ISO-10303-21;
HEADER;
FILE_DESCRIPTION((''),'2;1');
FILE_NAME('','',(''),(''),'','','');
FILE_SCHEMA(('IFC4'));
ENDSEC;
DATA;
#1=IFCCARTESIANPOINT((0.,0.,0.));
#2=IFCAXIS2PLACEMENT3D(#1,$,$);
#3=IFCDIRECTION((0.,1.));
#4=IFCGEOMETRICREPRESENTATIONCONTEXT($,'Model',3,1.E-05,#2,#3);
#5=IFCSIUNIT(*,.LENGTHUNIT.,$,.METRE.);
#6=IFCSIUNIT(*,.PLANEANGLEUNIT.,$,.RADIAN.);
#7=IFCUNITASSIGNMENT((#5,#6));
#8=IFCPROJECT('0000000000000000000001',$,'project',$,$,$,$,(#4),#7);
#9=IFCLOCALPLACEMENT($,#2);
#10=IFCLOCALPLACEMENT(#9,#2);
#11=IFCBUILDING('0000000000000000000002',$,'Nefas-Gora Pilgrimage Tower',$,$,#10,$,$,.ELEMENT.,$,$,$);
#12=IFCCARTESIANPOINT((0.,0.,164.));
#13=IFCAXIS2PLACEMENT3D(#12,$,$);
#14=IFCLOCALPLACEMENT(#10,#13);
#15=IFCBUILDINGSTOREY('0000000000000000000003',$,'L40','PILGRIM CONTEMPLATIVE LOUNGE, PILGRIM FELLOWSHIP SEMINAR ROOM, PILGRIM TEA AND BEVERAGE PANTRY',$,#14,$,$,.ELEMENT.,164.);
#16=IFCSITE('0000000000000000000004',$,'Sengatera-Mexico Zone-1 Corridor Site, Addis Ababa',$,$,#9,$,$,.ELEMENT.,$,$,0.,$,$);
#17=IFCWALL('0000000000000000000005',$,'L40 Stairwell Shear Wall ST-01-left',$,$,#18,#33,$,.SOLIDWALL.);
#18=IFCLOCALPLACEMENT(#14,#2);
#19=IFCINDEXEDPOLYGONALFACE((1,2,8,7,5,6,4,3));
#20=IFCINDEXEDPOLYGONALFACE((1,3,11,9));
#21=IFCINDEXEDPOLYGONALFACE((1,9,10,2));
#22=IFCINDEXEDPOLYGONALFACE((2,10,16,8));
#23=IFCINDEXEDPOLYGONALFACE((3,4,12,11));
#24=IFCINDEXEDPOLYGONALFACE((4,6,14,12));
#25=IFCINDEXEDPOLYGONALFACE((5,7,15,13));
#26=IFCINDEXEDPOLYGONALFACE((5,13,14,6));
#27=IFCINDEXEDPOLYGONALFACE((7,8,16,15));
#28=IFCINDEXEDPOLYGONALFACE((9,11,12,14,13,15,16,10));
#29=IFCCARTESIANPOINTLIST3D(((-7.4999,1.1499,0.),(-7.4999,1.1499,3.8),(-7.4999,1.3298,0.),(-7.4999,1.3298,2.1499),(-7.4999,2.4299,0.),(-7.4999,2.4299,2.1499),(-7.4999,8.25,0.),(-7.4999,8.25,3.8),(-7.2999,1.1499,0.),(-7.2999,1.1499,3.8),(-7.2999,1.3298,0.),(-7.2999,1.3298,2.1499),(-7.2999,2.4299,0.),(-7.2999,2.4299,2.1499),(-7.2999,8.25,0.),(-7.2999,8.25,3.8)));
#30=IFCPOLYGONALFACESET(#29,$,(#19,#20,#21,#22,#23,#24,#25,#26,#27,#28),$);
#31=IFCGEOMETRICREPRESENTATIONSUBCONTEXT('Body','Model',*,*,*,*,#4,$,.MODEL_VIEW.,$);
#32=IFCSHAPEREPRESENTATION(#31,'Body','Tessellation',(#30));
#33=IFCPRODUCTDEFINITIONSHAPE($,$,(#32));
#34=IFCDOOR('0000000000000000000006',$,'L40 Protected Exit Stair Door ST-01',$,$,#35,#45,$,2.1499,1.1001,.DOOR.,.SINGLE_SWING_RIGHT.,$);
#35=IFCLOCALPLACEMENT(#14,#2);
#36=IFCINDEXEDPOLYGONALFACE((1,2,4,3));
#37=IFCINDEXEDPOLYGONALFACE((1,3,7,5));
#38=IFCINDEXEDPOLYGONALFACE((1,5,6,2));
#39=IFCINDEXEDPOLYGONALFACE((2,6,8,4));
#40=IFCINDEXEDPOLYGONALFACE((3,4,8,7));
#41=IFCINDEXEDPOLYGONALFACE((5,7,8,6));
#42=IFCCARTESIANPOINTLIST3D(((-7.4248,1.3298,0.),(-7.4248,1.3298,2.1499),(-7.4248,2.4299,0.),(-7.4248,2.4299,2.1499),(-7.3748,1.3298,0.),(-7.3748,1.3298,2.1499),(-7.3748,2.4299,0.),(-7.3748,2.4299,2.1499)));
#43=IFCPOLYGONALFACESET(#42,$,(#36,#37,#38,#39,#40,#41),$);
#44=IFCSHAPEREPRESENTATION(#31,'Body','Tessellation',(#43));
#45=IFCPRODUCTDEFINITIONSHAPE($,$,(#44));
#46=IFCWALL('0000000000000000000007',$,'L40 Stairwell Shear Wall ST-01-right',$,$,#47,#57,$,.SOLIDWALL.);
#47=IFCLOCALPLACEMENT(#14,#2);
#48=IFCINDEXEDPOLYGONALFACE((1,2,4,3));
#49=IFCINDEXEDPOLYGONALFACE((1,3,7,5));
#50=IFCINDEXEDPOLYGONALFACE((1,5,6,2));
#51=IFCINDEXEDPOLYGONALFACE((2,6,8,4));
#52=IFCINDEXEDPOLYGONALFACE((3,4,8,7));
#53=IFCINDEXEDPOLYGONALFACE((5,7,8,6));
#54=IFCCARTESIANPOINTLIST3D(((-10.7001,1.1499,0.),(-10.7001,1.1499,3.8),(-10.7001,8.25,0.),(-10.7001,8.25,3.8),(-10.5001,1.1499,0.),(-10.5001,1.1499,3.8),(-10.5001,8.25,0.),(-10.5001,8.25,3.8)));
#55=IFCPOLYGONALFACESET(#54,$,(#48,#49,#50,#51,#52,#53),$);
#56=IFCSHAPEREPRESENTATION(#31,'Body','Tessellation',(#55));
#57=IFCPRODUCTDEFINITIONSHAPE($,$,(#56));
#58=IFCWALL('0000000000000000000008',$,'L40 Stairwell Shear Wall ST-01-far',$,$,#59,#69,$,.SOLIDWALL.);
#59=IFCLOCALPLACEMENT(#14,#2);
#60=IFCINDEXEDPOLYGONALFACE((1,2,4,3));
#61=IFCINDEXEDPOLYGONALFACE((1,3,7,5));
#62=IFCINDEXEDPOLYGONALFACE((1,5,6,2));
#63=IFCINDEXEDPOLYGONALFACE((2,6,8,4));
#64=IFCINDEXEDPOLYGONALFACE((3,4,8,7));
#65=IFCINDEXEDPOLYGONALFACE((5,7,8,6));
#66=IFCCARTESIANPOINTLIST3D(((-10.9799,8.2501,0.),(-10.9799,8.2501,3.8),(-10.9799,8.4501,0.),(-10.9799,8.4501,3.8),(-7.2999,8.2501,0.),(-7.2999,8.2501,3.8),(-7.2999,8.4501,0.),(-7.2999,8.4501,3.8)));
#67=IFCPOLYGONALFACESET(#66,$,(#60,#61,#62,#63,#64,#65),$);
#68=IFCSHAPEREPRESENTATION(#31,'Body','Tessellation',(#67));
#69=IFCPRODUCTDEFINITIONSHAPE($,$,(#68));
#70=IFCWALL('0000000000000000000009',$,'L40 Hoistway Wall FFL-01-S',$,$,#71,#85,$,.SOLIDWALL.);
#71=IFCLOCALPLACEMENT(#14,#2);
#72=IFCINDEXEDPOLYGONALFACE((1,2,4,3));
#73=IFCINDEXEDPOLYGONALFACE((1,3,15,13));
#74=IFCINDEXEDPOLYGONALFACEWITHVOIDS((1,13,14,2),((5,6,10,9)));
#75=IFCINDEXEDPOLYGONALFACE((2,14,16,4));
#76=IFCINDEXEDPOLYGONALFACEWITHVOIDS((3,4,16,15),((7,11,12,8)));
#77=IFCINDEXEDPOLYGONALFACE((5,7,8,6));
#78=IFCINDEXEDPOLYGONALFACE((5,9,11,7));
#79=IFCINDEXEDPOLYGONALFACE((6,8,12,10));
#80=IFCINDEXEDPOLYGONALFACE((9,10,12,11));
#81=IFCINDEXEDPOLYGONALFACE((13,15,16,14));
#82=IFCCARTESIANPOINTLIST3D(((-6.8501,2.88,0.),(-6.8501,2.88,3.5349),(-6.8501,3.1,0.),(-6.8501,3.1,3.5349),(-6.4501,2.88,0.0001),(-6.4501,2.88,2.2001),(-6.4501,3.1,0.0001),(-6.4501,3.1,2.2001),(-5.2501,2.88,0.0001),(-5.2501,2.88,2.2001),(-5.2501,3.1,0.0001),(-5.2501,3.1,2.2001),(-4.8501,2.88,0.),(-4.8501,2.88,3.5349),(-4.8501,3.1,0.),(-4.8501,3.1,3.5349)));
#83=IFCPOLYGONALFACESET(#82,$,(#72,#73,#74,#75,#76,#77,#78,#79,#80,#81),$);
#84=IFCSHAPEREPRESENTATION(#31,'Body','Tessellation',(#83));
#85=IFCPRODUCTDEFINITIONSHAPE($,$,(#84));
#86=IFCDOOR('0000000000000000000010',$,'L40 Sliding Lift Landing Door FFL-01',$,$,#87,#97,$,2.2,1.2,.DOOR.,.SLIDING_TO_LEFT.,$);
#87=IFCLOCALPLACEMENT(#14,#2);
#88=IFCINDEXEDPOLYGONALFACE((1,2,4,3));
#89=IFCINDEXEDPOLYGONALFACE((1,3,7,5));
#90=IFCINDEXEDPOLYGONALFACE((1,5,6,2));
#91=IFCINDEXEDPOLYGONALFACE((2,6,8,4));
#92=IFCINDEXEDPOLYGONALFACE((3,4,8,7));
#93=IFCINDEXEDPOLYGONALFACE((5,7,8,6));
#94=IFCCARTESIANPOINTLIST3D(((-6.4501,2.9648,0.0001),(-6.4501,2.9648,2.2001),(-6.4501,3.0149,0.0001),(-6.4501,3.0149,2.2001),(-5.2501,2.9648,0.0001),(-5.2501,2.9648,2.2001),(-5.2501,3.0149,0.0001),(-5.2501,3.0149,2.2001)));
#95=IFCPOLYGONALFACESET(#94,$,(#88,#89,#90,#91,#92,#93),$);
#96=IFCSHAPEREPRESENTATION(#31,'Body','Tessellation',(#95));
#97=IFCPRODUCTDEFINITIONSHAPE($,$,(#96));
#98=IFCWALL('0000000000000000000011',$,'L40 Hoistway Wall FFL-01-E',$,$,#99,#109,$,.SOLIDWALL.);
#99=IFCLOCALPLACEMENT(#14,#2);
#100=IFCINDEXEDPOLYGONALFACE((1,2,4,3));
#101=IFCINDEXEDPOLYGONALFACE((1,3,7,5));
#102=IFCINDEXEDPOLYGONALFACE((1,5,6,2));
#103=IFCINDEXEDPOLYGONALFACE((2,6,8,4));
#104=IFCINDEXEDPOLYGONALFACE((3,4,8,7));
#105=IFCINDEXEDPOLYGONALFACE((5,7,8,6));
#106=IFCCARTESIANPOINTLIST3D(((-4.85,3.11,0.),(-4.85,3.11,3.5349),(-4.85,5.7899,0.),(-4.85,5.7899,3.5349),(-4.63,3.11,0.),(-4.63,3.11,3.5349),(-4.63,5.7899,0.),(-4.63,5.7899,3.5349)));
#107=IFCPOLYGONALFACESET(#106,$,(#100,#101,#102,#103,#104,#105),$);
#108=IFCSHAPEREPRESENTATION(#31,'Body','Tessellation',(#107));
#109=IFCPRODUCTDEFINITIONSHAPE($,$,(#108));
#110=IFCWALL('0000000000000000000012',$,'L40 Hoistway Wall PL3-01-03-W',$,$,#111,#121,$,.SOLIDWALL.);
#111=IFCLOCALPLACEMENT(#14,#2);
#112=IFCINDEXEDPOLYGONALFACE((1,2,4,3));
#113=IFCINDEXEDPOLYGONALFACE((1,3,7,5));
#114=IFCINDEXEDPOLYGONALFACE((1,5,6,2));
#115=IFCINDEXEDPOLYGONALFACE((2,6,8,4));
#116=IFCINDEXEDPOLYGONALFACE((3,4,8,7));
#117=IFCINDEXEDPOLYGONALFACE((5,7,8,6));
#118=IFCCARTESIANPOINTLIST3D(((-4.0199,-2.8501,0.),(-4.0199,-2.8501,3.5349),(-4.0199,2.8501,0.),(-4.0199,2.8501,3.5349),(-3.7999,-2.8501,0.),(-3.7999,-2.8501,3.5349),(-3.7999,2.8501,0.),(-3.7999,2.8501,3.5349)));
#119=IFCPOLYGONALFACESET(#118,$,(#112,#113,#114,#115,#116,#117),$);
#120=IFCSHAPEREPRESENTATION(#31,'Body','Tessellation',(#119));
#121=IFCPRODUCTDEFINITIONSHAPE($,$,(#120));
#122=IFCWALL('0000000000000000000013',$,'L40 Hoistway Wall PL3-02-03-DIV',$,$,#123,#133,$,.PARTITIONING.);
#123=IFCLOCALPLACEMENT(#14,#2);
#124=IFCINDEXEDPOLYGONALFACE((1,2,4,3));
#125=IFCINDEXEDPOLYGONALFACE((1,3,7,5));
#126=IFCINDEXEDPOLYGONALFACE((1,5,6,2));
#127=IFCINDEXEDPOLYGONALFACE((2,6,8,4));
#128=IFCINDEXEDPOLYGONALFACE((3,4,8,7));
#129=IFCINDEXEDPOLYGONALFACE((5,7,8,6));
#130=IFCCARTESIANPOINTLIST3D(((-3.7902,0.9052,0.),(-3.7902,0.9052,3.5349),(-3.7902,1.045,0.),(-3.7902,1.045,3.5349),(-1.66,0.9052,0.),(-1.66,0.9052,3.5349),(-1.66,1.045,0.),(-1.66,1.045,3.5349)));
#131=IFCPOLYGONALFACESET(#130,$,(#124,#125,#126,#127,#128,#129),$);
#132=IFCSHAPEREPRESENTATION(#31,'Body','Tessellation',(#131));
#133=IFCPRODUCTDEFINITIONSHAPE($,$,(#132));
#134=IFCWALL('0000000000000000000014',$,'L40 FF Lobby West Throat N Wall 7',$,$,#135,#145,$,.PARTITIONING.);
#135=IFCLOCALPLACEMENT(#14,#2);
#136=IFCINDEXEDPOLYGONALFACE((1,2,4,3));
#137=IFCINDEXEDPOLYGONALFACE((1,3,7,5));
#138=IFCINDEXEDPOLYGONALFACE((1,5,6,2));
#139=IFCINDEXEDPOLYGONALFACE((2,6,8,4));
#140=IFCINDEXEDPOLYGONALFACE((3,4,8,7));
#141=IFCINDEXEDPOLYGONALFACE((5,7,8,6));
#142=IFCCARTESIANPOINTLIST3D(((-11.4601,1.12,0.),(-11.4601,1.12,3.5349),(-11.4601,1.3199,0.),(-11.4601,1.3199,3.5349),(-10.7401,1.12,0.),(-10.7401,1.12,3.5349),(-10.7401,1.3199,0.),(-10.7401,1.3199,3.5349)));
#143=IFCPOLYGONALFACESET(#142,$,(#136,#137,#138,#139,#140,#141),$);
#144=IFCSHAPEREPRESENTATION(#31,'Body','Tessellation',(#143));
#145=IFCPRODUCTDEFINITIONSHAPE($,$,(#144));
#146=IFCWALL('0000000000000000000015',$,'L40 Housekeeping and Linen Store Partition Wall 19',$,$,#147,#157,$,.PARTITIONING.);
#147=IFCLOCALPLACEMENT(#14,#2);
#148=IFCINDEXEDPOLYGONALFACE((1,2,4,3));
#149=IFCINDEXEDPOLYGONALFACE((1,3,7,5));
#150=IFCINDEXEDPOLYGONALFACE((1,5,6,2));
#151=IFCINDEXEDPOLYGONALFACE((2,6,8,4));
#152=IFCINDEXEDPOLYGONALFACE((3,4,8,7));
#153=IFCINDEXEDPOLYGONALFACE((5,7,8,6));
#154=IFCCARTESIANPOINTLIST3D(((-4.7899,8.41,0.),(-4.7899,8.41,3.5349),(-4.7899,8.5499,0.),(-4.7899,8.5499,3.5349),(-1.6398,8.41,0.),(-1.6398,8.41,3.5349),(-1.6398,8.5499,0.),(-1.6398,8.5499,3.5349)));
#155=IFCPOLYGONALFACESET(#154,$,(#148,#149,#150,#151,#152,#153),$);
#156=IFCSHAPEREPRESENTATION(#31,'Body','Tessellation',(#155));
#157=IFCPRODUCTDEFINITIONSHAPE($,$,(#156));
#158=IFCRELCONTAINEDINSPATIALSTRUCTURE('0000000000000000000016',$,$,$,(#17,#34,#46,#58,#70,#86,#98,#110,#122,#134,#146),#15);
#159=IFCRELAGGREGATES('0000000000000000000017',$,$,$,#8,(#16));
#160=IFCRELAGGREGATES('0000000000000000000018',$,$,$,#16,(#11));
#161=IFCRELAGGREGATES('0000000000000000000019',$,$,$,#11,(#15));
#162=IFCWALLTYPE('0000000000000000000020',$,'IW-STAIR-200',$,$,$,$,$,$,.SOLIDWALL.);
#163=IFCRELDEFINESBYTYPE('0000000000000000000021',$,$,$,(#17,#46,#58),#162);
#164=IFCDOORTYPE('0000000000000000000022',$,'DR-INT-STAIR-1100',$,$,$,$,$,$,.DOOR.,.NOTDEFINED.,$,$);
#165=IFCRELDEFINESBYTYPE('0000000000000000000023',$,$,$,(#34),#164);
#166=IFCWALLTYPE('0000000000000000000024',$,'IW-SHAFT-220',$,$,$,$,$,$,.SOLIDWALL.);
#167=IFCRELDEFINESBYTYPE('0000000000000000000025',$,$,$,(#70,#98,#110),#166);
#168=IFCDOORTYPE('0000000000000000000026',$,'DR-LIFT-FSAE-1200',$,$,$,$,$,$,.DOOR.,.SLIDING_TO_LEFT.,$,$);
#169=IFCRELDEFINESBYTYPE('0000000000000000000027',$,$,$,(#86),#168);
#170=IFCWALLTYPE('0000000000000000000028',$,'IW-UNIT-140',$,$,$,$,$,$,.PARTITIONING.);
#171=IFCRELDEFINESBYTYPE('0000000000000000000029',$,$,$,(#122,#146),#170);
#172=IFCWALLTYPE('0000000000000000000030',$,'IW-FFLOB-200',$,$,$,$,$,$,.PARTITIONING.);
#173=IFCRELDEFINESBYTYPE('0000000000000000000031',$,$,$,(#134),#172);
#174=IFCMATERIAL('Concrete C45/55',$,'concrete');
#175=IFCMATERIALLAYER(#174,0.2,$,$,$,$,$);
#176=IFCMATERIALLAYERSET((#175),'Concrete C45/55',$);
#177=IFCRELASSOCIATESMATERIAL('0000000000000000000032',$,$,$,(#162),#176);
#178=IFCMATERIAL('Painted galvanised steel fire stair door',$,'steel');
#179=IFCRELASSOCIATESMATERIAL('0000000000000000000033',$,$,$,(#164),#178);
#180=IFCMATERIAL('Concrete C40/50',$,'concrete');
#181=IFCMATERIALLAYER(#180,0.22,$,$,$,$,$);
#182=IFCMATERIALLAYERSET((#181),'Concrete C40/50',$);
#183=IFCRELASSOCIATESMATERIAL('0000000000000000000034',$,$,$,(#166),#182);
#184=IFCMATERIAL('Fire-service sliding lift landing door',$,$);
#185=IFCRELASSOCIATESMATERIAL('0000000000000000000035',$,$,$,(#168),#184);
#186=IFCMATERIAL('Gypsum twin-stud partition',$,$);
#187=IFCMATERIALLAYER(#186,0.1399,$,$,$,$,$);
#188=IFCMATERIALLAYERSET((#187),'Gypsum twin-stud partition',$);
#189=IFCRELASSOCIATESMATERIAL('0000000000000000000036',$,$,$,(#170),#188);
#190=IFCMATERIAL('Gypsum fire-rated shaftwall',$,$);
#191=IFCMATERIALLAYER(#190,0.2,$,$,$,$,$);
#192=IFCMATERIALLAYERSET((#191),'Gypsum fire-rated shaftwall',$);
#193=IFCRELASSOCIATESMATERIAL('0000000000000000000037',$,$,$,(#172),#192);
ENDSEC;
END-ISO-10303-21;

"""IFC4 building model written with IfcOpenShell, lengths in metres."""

from ifc_helpers import new_model, si_unit, direction, frame, frame_2d, origin, place, context, subcontext, project, spatial, rectangle, extrude, source, transform, mapped, material, layer, layer_set, type_object, element, fill, save


model = new_model("IFC4")

# Units and contexts
model_context = context("Model", 3, precision=1e-05, world=origin(), true_north=direction((0.0, 1.0)))
body_context = subcontext(model_context, "Body", "Model", "MODEL_VIEW")
ifc_project = project(units=[si_unit("LENGTHUNIT", "METRE"), si_unit("PLANEANGLEUNIT", "RADIAN")], contexts=[model_context])

# Site, building, storey
site_placement = place(None, origin())
site = spatial("IfcSite", under=ifc_project, at=site_placement, Name="Sengatera-Mexico Zone-1 Corridor Site, Addis Ababa", CompositionType="ELEMENT", RefElevation=0.0)
building_placement = place(site_placement, origin())
building = spatial("IfcBuilding", under=site, at=building_placement, Name="Nefas-Gora Pilgrimage Tower", CompositionType="ELEMENT")
storey_placement = place(building_placement, frame((0.0, 0.0, 164.0)))
storey = spatial("IfcBuildingStorey", under=building, at=storey_placement, Name="L40", Description="PILGRIM CONTEMPLATIVE LOUNGE, PILGRIM FELLOWSHIP SEMINAR ROOM, PILGRIM TEA AND BEVERAGE PANTRY", CompositionType="ELEMENT", Elevation=164.0)

# Shared definitions
ifc_material_1 = material(Name="Concrete C45/55", Category="concrete")
ifc_layer_1 = layer(ifc_material_1, 0.2)
ifc_layer_set_1 = layer_set([ifc_layer_1], Name="Concrete C45/55")
wall_type_1 = type_object("IfcWallType", Name="IW-STAIR-200", PredefinedType="SOLIDWALL", material=ifc_layer_set_1)

# Wall, opening, door
shared_shape_1 = source(origin(), body_context, "Body", "SweptSolid", [
    extrude(rectangle(XDim=7.1001, YDim=0.2, at=frame_2d((3.55, 0.0))), origin(), (0.0, 0.0, 1.0), 3.8),
])
wall_1_placement = place(storey_placement, frame((-7.3999, 1.1499, 0.0), z_axis=(0.0, 0.0, 1.0), x_axis=(0.0, 1.0, 0.0)))
wall_1 = element("IfcWall", 1, at=wall_1_placement, inside=storey, type_object=wall_type_1, Name="L40 Stairwell Shear Wall ST-01-left", PredefinedType="SOLIDWALL", context=body_context, shape_type="MappedRepresentation", body=[
    mapped(shared_shape_1, transform((0.0, 0.0, 0.0), x_axis=(1.0, 0.0, 0.0), y_axis=(0.0, 1.0, 0.0), z_axis=(0.0, 0.0, 1.0), scale=1.0)),
])
opening_1_placement = place(wall_1_placement, frame((0.1799, 0.0, 0.0)))
opening_1 = element("IfcOpeningElement", 2, at=opening_1_placement, cuts=wall_1, PredefinedType="OPENING", context=body_context, shape_type="SweptSolid", body=[
    extrude(rectangle(XDim=1.1001, YDim=2.1499, at=frame_2d((0.55, 1.075))), frame((0.0, 0.1099, 0.0), z_axis=(0.0, -1.0, 0.0), x_axis=(1.0, 0.0, 0.0)), (0.0, 0.0, 1.0), 0.22),
])
ifc_material_2 = material(Name="Painted galvanised steel fire stair door", Category="steel")
door_type_1 = type_object("IfcDoorType", Name="DR-INT-STAIR-1100", OperationType="NOTDEFINED", PredefinedType="DOOR", material=ifc_material_2)
shared_shape_2 = source(origin(), body_context, "Body", "SweptSolid", [
    extrude(rectangle(XDim=1.1001, YDim=2.1499, at=frame_2d((0.55, 1.075))), frame((0.0, 0.0249, 0.0), z_axis=(0.0, -1.0, 0.0), x_axis=(1.0, 0.0, 0.0)), (0.0, 0.0, 1.0), 0.05),
])
door_1_placement = place(opening_1_placement, origin())
door_1 = element("IfcDoor", 3, at=door_1_placement, inside=storey, type_object=door_type_1, Name="L40 Protected Exit Stair Door ST-01", OperationType="SINGLE_SWING_RIGHT", OverallHeight=2.1499, OverallWidth=1.1001, PredefinedType="DOOR", context=body_context, shape_type="MappedRepresentation", body=[
    mapped(shared_shape_2, transform((0.0, 0.0, 0.0), x_axis=(1.0, 0.0, 0.0), y_axis=(0.0, 1.0, 0.0), z_axis=(0.0, 0.0, 1.0), scale=1.0)),
])
fill(opening_1, door_1)

# Walls
wall_2_placement = place(storey_placement, frame((-10.6001, 1.1499, 0.0), z_axis=(0.0, 0.0, 1.0), x_axis=(0.0, 1.0, 0.0)))
element("IfcWall", 4, at=wall_2_placement, inside=storey, type_object=wall_type_1, Name="L40 Stairwell Shear Wall ST-01-right", PredefinedType="SOLIDWALL", context=body_context, shape_type="MappedRepresentation", body=[
    mapped(shared_shape_1, transform((0.0, 0.0, 0.0), x_axis=(1.0, 0.0, 0.0), y_axis=(0.0, 1.0, 0.0), z_axis=(0.0, 0.0, 1.0), scale=1.0)),
])
shared_shape_3 = source(origin(), body_context, "Body", "SweptSolid", [
    extrude(rectangle(XDim=3.6799, YDim=0.2, at=frame_2d((1.8398, 0.0))), origin(), (0.0, 0.0, 1.0), 3.8),
])
wall_3_placement = place(storey_placement, frame((-7.3, 8.3501, 0.0), z_axis=(0.0, 0.0, 1.0), x_axis=(-1.0, 0.0, 0.0)))
element("IfcWall", 5, at=wall_3_placement, inside=storey, type_object=wall_type_1, Name="L40 Stairwell Shear Wall ST-01-far", PredefinedType="SOLIDWALL", context=body_context, shape_type="MappedRepresentation", body=[
    mapped(shared_shape_3, transform((0.0, 0.0, 0.0), x_axis=(1.0, 0.0, 0.0), y_axis=(0.0, 1.0, 0.0), z_axis=(0.0, 0.0, 1.0), scale=1.0)),
])

# Wall, opening, door
ifc_material_3 = material(Name="Concrete C40/50", Category="concrete")
ifc_layer_2 = layer(ifc_material_3, 0.22)
ifc_layer_set_2 = layer_set([ifc_layer_2], Name="Concrete C40/50")
wall_type_2 = type_object("IfcWallType", Name="IW-SHAFT-220", PredefinedType="SOLIDWALL", material=ifc_layer_set_2)
shared_shape_4 = source(origin(), body_context, "Body", "SweptSolid", [
    extrude(rectangle(XDim=2.0, YDim=0.22, at=frame_2d((1.0, 0.0))), origin(), (0.0, 0.0, 1.0), 3.5349),
])
wall_4_placement = place(storey_placement, frame((-6.8501, 2.99, 0.0), z_axis=(0.0, 0.0, 1.0), x_axis=(1.0, 0.0, 0.0)))
wall_4 = element("IfcWall", 6, at=wall_4_placement, inside=storey, type_object=wall_type_2, Name="L40 Hoistway Wall FFL-01-S", PredefinedType="SOLIDWALL", context=body_context, shape_type="MappedRepresentation", body=[
    mapped(shared_shape_4, transform((0.0, 0.0, 0.0), x_axis=(1.0, 0.0, 0.0), y_axis=(0.0, 1.0, 0.0), z_axis=(0.0, 0.0, 1.0), scale=1.0)),
])
opening_2_placement = place(wall_4_placement, frame((0.3999, 0.0, 0.0)))
opening_2 = element("IfcOpeningElement", 7, at=opening_2_placement, cuts=wall_4, PredefinedType="OPENING", context=body_context, shape_type="SweptSolid", body=[
    extrude(rectangle(XDim=1.2, YDim=2.2, at=frame_2d((0.6001, 1.1001))), frame((0.0, 0.1199, 0.0), z_axis=(0.0, -1.0, 0.0), x_axis=(1.0, 0.0, 0.0)), (0.0, 0.0, 1.0), 0.24),
])
ifc_material_4 = material(Name="Fire-service sliding lift landing door")
door_type_2 = type_object("IfcDoorType", Name="DR-LIFT-FSAE-1200", OperationType="SLIDING_TO_LEFT", PredefinedType="DOOR", material=ifc_material_4)
shared_shape_5 = source(origin(), body_context, "Body", "SweptSolid", [
    extrude(rectangle(XDim=1.2, YDim=2.2, at=frame_2d((0.6001, 1.1001))), frame((0.0, 0.0249, 0.0), z_axis=(0.0, -1.0, 0.0), x_axis=(1.0, 0.0, 0.0)), (0.0, 0.0, 1.0), 0.05),
])
door_2_placement = place(opening_2_placement, origin())
door_2 = element("IfcDoor", 8, at=door_2_placement, inside=storey, type_object=door_type_2, Name="L40 Sliding Lift Landing Door FFL-01", OperationType="SLIDING_TO_LEFT", OverallHeight=2.2, OverallWidth=1.2, PredefinedType="DOOR", context=body_context, shape_type="MappedRepresentation", body=[
    mapped(shared_shape_5, transform((0.0, 0.0, 0.0), x_axis=(1.0, 0.0, 0.0), y_axis=(0.0, 1.0, 0.0), z_axis=(0.0, 0.0, 1.0), scale=1.0)),
])
fill(opening_2, door_2)

# Walls
shared_shape_6 = source(origin(), body_context, "Body", "SweptSolid", [
    extrude(rectangle(XDim=2.6799, YDim=0.22, at=frame_2d((1.3398, 0.0))), origin(), (0.0, 0.0, 1.0), 3.5349),
])
wall_5_placement = place(storey_placement, frame((-4.74, 3.1101, 0.0), z_axis=(0.0, 0.0, 1.0), x_axis=(0.0, 1.0, 0.0)))
element("IfcWall", 9, at=wall_5_placement, inside=storey, type_object=wall_type_2, Name="L40 Hoistway Wall FFL-01-E", PredefinedType="SOLIDWALL", context=body_context, shape_type="MappedRepresentation", body=[
    mapped(shared_shape_6, transform((0.0, 0.0, 0.0), x_axis=(1.0, 0.0, 0.0), y_axis=(0.0, 1.0, 0.0), z_axis=(0.0, 0.0, 1.0), scale=1.0)),
])
shared_shape_7 = source(origin(), body_context, "Body", "SweptSolid", [
    extrude(rectangle(XDim=5.7002, YDim=0.22, at=frame_2d((2.8501, 0.0))), origin(), (0.0, 0.0, 1.0), 3.5349),
])
wall_6_placement = place(storey_placement, frame((-3.9099, 2.8501, 0.0), z_axis=(0.0, 0.0, 1.0), x_axis=(0.0, -1.0, 0.0)))
element("IfcWall", 10, at=wall_6_placement, inside=storey, type_object=wall_type_2, Name="L40 Hoistway Wall PL3-01-03-W", PredefinedType="SOLIDWALL", context=body_context, shape_type="MappedRepresentation", body=[
    mapped(shared_shape_7, transform((0.0, 0.0, 0.0), x_axis=(1.0, 0.0, 0.0), y_axis=(0.0, 1.0, 0.0), z_axis=(0.0, 0.0, 1.0), scale=1.0)),
])
ifc_material_5 = material(Name="Gypsum twin-stud partition")
ifc_layer_3 = layer(ifc_material_5, 0.1399)
ifc_layer_set_3 = layer_set([ifc_layer_3], Name="Gypsum twin-stud partition")
wall_type_3 = type_object("IfcWallType", Name="IW-UNIT-140", PredefinedType="PARTITIONING", material=ifc_layer_set_3)
shared_shape_8 = source(origin(), body_context, "Body", "SweptSolid", [
    extrude(rectangle(XDim=2.1301, YDim=0.1399, at=frame_2d((1.0649, 0.0))), origin(), (0.0, 0.0, 1.0), 3.5349),
])
wall_7_placement = place(storey_placement, frame((-3.79, 0.9751, 0.0), z_axis=(0.0, 0.0, 1.0), x_axis=(1.0, 0.0, 0.0)))
element("IfcWall", 11, at=wall_7_placement, inside=storey, type_object=wall_type_3, Name="L40 Hoistway Wall PL3-02-03-DIV", PredefinedType="PARTITIONING", context=body_context, shape_type="MappedRepresentation", body=[
    mapped(shared_shape_8, transform((0.0, 0.0, 0.0), x_axis=(1.0, 0.0, 0.0), y_axis=(0.0, 1.0, 0.0), z_axis=(0.0, 0.0, 1.0), scale=1.0)),
])
ifc_material_6 = material(Name="Gypsum fire-rated shaftwall")
ifc_layer_4 = layer(ifc_material_6, 0.2)
ifc_layer_set_4 = layer_set([ifc_layer_4], Name="Gypsum fire-rated shaftwall")
wall_type_4 = type_object("IfcWallType", Name="IW-FFLOB-200", PredefinedType="PARTITIONING", material=ifc_layer_set_4)
shared_shape_9 = source(origin(), body_context, "Body", "SweptSolid", [
    extrude(rectangle(XDim=0.72, YDim=0.2, at=frame_2d((0.3599, 0.0))), origin(), (0.0, 0.0, 1.0), 3.5349),
])
wall_8_placement = place(storey_placement, frame((-11.46, 1.22, 0.0), z_axis=(0.0, 0.0, 1.0), x_axis=(1.0, 0.0, 0.0)))
element("IfcWall", 12, at=wall_8_placement, inside=storey, type_object=wall_type_4, Name="L40 FF Lobby West Throat N Wall 7", PredefinedType="PARTITIONING", context=body_context, shape_type="MappedRepresentation", body=[
    mapped(shared_shape_9, transform((0.0, 0.0, 0.0), x_axis=(1.0, 0.0, 0.0), y_axis=(0.0, 1.0, 0.0), z_axis=(0.0, 0.0, 1.0), scale=1.0)),
])
shared_shape_10 = source(origin(), body_context, "Body", "SweptSolid", [
    extrude(rectangle(XDim=3.1501, YDim=0.1399, at=frame_2d((1.5752, 0.0))), origin(), (0.0, 0.0, 1.0), 3.5349),
])
wall_9_placement = place(storey_placement, frame((-4.79, 8.48, 0.0), z_axis=(0.0, 0.0, 1.0), x_axis=(1.0, 0.0, 0.0)))
element("IfcWall", 13, at=wall_9_placement, inside=storey, type_object=wall_type_3, Name="L40 Housekeeping and Linen Store Partition Wall 19", PredefinedType="PARTITIONING", context=body_context, shape_type="MappedRepresentation", body=[
    mapped(shared_shape_10, transform((0.0, 0.0, 0.0), x_axis=(1.0, 0.0, 0.0), y_axis=(0.0, 1.0, 0.0), z_axis=(0.0, 0.0, 1.0), scale=1.0)),
])

save(model, "model.ifc")
